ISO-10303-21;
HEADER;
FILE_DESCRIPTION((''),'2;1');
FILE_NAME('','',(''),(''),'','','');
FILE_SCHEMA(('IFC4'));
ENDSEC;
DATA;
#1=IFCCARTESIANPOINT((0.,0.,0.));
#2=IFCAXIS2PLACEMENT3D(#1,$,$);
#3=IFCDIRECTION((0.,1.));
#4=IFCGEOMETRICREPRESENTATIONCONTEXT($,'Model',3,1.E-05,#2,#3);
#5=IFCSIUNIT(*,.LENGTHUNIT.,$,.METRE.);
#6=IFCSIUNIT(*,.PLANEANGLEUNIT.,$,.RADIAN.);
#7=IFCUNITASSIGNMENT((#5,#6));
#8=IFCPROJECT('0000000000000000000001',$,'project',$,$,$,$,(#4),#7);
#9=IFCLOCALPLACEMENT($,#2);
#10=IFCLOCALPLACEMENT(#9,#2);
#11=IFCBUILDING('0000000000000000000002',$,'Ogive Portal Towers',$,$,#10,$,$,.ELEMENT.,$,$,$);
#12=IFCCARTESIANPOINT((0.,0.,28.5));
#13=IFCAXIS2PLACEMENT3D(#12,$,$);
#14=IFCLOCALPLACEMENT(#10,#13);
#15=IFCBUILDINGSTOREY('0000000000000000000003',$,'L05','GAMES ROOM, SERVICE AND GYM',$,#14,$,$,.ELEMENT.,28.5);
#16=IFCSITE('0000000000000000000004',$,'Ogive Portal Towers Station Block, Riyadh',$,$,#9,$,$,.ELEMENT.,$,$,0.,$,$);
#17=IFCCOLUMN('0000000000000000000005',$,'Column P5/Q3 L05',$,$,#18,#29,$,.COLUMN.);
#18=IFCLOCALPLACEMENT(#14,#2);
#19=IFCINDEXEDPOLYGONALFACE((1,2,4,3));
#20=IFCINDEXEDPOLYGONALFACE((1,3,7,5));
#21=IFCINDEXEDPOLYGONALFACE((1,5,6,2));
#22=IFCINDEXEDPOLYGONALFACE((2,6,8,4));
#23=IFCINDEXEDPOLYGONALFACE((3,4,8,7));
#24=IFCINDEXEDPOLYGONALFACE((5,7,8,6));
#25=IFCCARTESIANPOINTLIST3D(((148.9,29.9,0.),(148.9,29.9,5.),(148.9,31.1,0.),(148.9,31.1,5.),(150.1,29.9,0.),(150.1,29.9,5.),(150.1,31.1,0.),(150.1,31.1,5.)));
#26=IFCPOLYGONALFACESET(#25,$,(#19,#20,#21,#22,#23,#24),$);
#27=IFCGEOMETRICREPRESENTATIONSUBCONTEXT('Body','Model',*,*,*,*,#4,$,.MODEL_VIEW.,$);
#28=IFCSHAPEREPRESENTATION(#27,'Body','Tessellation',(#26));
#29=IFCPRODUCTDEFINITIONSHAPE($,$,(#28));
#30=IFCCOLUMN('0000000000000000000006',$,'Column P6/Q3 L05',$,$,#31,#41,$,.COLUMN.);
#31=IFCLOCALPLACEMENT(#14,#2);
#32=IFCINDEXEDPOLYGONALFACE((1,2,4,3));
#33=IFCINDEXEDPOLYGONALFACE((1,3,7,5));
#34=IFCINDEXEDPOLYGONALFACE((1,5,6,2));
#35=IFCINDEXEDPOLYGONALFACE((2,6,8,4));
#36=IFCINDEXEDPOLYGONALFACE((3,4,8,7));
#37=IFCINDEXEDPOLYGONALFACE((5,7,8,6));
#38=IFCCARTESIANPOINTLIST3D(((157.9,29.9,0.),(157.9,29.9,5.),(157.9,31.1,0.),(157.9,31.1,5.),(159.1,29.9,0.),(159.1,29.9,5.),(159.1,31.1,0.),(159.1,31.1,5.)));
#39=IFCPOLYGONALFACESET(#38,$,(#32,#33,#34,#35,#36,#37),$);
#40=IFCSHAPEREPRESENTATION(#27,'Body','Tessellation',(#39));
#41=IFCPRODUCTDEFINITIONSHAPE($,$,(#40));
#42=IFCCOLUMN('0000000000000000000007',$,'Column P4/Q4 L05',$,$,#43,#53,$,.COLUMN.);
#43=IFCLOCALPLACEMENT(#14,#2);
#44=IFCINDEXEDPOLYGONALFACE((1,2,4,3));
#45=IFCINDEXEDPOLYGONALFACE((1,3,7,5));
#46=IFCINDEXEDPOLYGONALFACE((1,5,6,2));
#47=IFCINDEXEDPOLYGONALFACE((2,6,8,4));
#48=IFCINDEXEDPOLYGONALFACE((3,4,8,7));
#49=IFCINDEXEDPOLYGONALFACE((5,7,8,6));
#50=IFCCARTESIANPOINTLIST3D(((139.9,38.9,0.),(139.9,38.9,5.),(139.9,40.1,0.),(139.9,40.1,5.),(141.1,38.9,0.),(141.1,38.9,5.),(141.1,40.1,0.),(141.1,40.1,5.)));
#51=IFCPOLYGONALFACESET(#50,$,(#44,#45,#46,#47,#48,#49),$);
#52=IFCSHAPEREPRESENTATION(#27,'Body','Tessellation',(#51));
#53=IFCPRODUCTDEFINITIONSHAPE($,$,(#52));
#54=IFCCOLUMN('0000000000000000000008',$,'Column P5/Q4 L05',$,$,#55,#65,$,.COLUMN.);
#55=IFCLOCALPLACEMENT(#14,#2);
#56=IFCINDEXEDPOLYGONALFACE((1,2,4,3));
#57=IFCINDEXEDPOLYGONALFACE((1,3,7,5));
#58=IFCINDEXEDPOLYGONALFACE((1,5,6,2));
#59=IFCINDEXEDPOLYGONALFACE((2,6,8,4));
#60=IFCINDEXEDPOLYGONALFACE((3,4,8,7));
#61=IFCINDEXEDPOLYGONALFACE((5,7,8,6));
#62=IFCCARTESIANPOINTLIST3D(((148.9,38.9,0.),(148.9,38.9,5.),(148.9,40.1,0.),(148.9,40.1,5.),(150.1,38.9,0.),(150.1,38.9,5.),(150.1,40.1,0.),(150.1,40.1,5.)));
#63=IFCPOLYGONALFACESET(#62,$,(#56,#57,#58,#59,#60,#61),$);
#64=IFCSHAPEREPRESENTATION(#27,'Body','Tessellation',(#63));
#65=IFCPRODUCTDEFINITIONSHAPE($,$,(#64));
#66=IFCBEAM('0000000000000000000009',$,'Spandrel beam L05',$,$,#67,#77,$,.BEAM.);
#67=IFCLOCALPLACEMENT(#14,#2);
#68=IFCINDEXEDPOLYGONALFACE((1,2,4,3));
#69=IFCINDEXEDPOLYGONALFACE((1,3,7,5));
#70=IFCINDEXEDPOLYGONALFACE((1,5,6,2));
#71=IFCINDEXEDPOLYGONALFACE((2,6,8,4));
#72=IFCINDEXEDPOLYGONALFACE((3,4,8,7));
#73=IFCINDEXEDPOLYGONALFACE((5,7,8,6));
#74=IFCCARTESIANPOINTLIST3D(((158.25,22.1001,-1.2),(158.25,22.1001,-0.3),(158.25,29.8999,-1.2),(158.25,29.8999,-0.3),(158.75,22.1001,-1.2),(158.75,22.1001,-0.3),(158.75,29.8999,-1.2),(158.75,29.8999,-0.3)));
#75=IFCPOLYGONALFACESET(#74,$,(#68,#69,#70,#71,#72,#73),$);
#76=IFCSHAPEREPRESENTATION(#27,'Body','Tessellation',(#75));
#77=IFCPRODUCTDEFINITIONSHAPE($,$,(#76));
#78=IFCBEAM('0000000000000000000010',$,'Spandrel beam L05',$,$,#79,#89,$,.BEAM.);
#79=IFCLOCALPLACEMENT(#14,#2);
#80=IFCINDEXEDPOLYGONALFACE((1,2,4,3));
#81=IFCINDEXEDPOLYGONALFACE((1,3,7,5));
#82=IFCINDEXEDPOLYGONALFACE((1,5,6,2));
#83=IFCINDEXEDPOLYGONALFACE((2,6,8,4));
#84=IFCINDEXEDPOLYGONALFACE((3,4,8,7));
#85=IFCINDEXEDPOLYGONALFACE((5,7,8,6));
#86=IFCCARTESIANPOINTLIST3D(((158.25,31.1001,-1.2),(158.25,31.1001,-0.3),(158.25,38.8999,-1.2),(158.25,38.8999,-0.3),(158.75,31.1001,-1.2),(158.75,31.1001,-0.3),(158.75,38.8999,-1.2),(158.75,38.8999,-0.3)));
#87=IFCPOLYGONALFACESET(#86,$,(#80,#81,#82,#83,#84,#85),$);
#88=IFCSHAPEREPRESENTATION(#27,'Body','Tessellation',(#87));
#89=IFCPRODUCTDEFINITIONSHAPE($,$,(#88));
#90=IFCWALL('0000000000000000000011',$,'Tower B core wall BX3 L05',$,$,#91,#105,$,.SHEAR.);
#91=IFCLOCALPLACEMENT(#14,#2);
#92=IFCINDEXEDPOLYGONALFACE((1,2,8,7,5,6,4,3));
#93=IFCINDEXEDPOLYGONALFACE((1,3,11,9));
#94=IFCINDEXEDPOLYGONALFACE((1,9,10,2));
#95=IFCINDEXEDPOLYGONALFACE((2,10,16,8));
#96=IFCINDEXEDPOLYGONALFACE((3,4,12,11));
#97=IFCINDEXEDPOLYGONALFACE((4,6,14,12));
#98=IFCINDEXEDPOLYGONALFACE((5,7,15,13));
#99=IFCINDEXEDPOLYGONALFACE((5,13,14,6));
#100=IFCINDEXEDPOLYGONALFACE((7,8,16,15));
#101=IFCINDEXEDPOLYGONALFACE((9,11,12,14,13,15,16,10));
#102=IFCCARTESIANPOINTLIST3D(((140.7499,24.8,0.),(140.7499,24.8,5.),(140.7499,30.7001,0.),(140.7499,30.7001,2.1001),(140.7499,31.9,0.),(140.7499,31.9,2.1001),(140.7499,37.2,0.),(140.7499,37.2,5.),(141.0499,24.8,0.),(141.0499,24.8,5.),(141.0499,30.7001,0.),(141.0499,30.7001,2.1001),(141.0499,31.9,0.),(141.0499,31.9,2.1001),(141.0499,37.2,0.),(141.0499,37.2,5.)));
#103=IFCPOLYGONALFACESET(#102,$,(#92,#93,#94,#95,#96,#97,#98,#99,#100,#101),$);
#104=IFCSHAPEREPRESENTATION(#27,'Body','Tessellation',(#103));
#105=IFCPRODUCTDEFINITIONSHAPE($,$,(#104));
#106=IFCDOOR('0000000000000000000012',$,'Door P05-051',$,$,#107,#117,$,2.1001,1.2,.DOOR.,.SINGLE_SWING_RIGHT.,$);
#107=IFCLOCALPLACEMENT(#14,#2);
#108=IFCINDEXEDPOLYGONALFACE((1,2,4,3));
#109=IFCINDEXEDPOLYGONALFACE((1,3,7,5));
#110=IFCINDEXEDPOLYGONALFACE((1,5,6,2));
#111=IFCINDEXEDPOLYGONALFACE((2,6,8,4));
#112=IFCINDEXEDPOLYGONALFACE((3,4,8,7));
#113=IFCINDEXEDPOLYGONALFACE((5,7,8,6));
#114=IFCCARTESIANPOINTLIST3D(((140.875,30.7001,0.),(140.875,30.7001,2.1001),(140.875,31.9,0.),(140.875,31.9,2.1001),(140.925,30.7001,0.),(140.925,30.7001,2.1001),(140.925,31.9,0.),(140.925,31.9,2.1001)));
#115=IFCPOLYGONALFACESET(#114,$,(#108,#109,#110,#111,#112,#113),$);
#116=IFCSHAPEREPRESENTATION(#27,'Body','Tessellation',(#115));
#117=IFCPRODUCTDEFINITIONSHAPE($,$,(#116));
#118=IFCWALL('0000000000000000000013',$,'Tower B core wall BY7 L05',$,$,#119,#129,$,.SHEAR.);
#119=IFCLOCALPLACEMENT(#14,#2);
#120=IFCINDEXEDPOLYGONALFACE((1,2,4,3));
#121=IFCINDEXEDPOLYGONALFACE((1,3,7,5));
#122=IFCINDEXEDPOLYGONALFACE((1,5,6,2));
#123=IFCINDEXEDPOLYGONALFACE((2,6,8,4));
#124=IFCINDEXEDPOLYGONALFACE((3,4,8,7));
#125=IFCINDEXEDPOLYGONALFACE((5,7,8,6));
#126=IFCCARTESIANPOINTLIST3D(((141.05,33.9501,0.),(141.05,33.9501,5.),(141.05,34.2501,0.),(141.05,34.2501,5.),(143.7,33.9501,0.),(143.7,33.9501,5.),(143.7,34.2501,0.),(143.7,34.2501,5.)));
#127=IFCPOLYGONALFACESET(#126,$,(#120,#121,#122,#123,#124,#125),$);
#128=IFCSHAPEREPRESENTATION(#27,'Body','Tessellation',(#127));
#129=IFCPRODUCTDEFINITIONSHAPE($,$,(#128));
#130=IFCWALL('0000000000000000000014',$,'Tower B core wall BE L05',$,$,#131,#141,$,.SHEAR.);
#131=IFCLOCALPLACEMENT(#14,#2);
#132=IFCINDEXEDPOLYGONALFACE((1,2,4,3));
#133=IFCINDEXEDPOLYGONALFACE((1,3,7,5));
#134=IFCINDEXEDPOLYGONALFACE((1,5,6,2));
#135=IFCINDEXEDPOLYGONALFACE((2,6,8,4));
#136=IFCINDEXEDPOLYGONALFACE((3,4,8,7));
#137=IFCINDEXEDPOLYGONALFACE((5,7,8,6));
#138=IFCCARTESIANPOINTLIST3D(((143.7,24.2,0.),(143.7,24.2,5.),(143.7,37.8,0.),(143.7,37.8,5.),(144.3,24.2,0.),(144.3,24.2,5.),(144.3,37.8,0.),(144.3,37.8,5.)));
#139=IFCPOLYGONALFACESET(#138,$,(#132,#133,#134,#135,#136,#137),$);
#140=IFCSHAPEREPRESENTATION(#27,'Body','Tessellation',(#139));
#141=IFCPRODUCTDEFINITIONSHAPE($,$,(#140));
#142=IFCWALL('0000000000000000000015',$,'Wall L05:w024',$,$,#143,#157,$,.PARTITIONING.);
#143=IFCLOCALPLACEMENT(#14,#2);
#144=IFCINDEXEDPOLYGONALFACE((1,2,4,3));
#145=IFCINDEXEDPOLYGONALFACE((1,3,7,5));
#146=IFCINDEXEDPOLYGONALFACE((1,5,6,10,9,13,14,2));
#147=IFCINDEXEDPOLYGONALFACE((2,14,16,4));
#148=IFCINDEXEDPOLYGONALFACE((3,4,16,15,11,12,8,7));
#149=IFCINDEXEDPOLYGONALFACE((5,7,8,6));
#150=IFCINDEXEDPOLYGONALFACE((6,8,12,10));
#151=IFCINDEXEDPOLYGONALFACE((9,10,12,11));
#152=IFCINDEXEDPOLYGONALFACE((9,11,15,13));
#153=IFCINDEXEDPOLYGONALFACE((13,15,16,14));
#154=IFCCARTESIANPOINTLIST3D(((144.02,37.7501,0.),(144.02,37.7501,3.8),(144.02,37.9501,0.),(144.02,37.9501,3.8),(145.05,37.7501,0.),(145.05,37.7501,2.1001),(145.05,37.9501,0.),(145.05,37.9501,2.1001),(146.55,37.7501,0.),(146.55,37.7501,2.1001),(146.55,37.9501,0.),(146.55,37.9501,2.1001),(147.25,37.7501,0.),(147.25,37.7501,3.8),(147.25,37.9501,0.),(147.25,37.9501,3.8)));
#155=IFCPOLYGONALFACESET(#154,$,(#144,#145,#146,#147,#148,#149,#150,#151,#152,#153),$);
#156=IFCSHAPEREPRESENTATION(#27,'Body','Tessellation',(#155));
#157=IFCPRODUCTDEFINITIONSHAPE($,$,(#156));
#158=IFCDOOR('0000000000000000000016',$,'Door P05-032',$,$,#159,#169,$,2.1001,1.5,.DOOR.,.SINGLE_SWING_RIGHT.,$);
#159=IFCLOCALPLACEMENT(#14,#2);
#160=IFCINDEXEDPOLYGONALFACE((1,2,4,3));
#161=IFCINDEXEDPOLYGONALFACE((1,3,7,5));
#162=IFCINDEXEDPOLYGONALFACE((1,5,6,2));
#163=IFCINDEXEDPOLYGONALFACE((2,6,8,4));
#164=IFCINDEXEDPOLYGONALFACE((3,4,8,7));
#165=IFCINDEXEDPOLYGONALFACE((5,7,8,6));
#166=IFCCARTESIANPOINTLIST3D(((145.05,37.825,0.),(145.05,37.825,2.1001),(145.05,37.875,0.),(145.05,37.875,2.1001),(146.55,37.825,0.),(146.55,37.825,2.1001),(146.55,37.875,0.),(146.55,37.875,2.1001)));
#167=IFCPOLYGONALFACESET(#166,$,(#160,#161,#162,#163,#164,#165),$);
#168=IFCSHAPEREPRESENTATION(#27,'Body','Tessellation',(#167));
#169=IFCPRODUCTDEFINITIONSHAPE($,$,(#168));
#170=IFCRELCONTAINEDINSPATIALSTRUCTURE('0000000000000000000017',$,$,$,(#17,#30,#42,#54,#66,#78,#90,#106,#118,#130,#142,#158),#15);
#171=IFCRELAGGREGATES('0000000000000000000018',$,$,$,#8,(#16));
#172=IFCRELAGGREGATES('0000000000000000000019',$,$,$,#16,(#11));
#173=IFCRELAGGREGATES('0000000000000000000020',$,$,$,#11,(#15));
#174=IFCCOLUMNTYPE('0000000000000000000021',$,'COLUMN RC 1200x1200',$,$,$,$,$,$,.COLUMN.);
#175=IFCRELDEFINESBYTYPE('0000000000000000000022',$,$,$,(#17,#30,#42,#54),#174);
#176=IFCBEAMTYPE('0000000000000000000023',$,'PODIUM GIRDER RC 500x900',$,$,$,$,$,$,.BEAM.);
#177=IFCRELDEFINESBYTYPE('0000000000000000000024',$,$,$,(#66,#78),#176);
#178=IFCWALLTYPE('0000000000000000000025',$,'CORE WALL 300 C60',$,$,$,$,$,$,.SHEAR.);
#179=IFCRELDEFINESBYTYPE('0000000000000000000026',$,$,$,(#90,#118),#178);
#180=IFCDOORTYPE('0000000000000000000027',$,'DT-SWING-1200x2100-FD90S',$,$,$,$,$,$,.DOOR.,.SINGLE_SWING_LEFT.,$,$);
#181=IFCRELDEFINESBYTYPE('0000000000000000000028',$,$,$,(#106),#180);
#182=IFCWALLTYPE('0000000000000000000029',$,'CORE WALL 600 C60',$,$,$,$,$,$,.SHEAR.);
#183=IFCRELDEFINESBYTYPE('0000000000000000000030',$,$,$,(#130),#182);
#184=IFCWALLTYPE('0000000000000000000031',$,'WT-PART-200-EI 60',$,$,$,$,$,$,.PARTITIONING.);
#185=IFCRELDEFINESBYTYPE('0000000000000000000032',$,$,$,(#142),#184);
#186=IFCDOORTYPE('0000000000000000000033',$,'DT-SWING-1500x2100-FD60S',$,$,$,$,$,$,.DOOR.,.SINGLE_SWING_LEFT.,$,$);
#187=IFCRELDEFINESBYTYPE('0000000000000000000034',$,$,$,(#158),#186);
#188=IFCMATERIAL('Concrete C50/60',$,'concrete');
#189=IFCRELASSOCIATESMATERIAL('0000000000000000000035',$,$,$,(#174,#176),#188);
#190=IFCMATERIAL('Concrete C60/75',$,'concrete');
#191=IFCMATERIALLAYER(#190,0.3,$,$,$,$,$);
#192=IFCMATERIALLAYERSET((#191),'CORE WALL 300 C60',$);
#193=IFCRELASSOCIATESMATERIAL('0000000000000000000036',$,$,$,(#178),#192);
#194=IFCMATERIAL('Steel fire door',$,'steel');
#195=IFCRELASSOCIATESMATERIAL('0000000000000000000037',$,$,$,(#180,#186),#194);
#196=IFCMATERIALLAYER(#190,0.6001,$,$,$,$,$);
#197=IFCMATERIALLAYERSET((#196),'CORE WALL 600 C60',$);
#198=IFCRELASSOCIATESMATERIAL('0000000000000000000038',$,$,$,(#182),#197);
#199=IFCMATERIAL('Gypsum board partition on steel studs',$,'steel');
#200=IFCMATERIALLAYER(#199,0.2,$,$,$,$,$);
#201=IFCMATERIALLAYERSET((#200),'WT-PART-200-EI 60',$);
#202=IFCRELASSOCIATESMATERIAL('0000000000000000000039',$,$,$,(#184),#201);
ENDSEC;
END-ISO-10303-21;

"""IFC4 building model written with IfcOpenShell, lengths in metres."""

from ifc_helpers import new_model, si_unit, direction, frame, frame_2d, origin, origin_2d, place, context, subcontext, project, spatial, rectangle, extrude, material, layer, layer_set, material_profile, profile_set, type_object, element, fill, save


model = new_model("IFC4")

# Units and contexts
model_context = context("Model", 3, precision=1e-05, world=origin(), true_north=direction((0.0, 1.0)))
body_context = subcontext(model_context, "Body", "Model", "MODEL_VIEW")
ifc_project = project(units=[si_unit("LENGTHUNIT", "METRE"), si_unit("PLANEANGLEUNIT", "RADIAN")], contexts=[model_context])

# Site, building, storey
site_placement = place(None, origin())
site = spatial("IfcSite", under=ifc_project, at=site_placement, Name="Ogive Portal Towers Station Block, Riyadh", CompositionType="ELEMENT", RefElevation=0.0)
building_placement = place(site_placement, origin())
building = spatial("IfcBuilding", under=site, at=building_placement, Name="Ogive Portal Towers", CompositionType="ELEMENT")
storey_placement = place(building_placement, frame((0.0, 0.0, 28.5)))
storey = spatial("IfcBuildingStorey", under=building, at=storey_placement, Name="L05", Description="GAMES ROOM, SERVICE AND GYM", CompositionType="ELEMENT", Elevation=28.5)

# Columns
ifc_material_1 = material(Name="Concrete C50/60", Category="concrete")
ifc_material_profile_1 = material_profile(ifc_material_1, rectangle(XDim=1.2, YDim=1.2, at=origin_2d()), Name="RC 1200x1200")
ifc_profile_set_1 = profile_set([ifc_material_profile_1], Name="Concrete C50/60")
column_type = type_object("IfcColumnType", Name="COLUMN RC 1200x1200", PredefinedType="COLUMN", material=ifc_profile_set_1)
for number, where, z_axis, x_axis, name in (
    (1, (149.5, 30.5, 0.0), (0.0, 0.0, 1.0), (1.0, 0.0, 0.0), "Column P5/Q3 L05"),
    (2, (158.5, 30.5, 0.0), (0.0, 0.0, 1.0), (1.0, 0.0, 0.0), "Column P6/Q3 L05"),
    (3, (140.5, 39.5, 0.0), (0.0, 0.0, 1.0), (1.0, 0.0, 0.0), "Column P4/Q4 L05"),
    (4, (149.5, 39.5, 0.0), (0.0, 0.0, 1.0), (1.0, 0.0, 0.0), "Column P5/Q4 L05"),
):
    element("IfcColumn", number, at=place(storey_placement, frame(where, z_axis=z_axis, x_axis=x_axis)), inside=storey, type_object=column_type, Name=name, PredefinedType="COLUMN", context=body_context, shape_type="SweptSolid", body=[
        extrude(rectangle(XDim=1.2, YDim=1.2, at=origin_2d()), origin(), (0.0, 0.0, 1.0), 5.0),
    ])

# Beams
ifc_material_profile_2 = material_profile(ifc_material_1, rectangle(XDim=0.5, YDim=0.8999, at=origin_2d()), Name="RC 500x900")
ifc_profile_set_2 = profile_set([ifc_material_profile_2], Name="Concrete C50/60")
beam_type = type_object("IfcBeamType", Name="PODIUM GIRDER RC 500x900", PredefinedType="BEAM", material=ifc_profile_set_2)
for number, where, z_axis, x_axis, name in (
    (5, (158.5, 22.1001, -0.75), (0.0, 1.0, 0.0), (-1.0, 0.0, 0.0), "Spandrel beam L05"),
    (6, (158.5, 31.1001, -0.75), (0.0, 1.0, 0.0), (-1.0, 0.0, 0.0), "Spandrel beam L05"),
):
    element("IfcBeam", number, at=place(storey_placement, frame(where, z_axis=z_axis, x_axis=x_axis)), inside=storey, type_object=beam_type, Name=name, PredefinedType="BEAM", context=body_context, shape_type="SweptSolid", body=[
        extrude(rectangle(XDim=0.5, YDim=0.8999, at=origin_2d()), origin(), (0.0, 0.0, 1.0), 7.7998),
    ])

# Wall, opening, door
ifc_material_2 = material(Name="Concrete C60/75", Category="concrete")
ifc_layer_1 = layer(ifc_material_2, 0.3)
ifc_layer_set_1 = layer_set([ifc_layer_1], Name="CORE WALL 300 C60")
wall_type_1 = type_object("IfcWallType", Name="CORE WALL 300 C60", PredefinedType="SHEAR", material=ifc_layer_set_1)
wall_1_placement = place(storey_placement, frame((140.8999, 24.8, 0.0), z_axis=(0.0, 0.0, 1.0), x_axis=(0.0, 1.0, 0.0)))
wall_1 = element("IfcWall", 7, at=wall_1_placement, inside=storey, type_object=wall_type_1, Name="Tower B core wall BX3 L05", PredefinedType="SHEAR", context=body_context, shape_type="SweptSolid", body=[
    extrude(rectangle(XDim=12.3999, YDim=0.3, at=frame_2d((6.2, 0.0))), origin(), (0.0, 0.0, 1.0), 5.0),
])
opening_1_placement = place(wall_1_placement, frame((5.8999, 0.0, 0.0)))
opening_1 = element("IfcOpeningElement", 8, at=opening_1_placement, cuts=wall_1, PredefinedType="OPENING", context=body_context, shape_type="SweptSolid", body=[
    extrude(rectangle(XDim=1.2, YDim=2.1001, at=frame_2d((0.6001, 1.05))), frame((0.0, 0.1602, 0.0), z_axis=(0.0, -1.0, 0.0), x_axis=(1.0, 0.0, 0.0)), (0.0, 0.0, 1.0), 0.3201),
])
ifc_material_3 = material(Name="Steel fire door", Category="steel")
door_type_1 = type_object("IfcDoorType", Name="DT-SWING-1200x2100-FD90S", OperationType="SINGLE_SWING_LEFT", PredefinedType="DOOR", material=ifc_material_3)
door_1_placement = place(opening_1_placement, origin())
door_1 = element("IfcDoor", 9, at=door_1_placement, inside=storey, type_object=door_type_1, Name="Door P05-051", OperationType="SINGLE_SWING_RIGHT", OverallHeight=2.1001, OverallWidth=1.2, PredefinedType="DOOR", context=body_context, shape_type="SweptSolid", body=[
    extrude(rectangle(XDim=1.2, YDim=2.1001, at=frame_2d((0.6001, 1.05))), frame((0.0, 0.0249, 0.0), z_axis=(0.0, -1.0, 0.0), x_axis=(1.0, 0.0, 0.0)), (0.0, 0.0, 1.0), 0.05),
])
fill(opening_1, door_1)

# Walls
wall_2_placement = place(storey_placement, frame((141.05, 34.1001, 0.0), z_axis=(0.0, 0.0, 1.0), x_axis=(1.0, 0.0, 0.0)))
element("IfcWall", 10, at=wall_2_placement, inside=storey, type_object=wall_type_1, Name="Tower B core wall BY7 L05", PredefinedType="SHEAR", context=body_context, shape_type="SweptSolid", body=[
    extrude(rectangle(XDim=2.6499, YDim=0.3, at=frame_2d((1.325, 0.0))), origin(), (0.0, 0.0, 1.0), 5.0),
])
ifc_layer_2 = layer(ifc_material_2, 0.6001)
ifc_layer_set_2 = layer_set([ifc_layer_2], Name="CORE WALL 600 C60")
wall_type_2 = type_object("IfcWallType", Name="CORE WALL 600 C60", PredefinedType="SHEAR", material=ifc_layer_set_2)
wall_3_placement = place(storey_placement, frame((144.0, 24.2, 0.0), z_axis=(0.0, 0.0, 1.0), x_axis=(0.0, 1.0, 0.0)))
element("IfcWall", 11, at=wall_3_placement, inside=storey, type_object=wall_type_2, Name="Tower B core wall BE L05", PredefinedType="SHEAR", context=body_context, shape_type="SweptSolid", body=[
    extrude(rectangle(XDim=13.6001, YDim=0.6001, at=frame_2d((6.8, 0.0))), origin(), (0.0, 0.0, 1.0), 5.0),
])

# Wall, opening, door
ifc_material_4 = material(Name="Gypsum board partition on steel studs", Category="steel")
ifc_layer_3 = layer(ifc_material_4, 0.2)
ifc_layer_set_3 = layer_set([ifc_layer_3], Name="WT-PART-200-EI 60")
wall_type_3 = type_object("IfcWallType", Name="WT-PART-200-EI 60", PredefinedType="PARTITIONING", material=ifc_layer_set_3)
wall_4_placement = place(storey_placement, frame((144.02, 37.8501, 0.0), z_axis=(0.0, 0.0, 1.0), x_axis=(1.0, 0.0, 0.0)))
wall_4 = element("IfcWall", 12, at=wall_4_placement, inside=storey, type_object=wall_type_3, Name="Wall L05:w024", PredefinedType="PARTITIONING", context=body_context, shape_type="SweptSolid", body=[
    extrude(rectangle(XDim=3.23, YDim=0.2, at=frame_2d((1.615, 0.0))), origin(), (0.0, 0.0, 1.0), 3.8),
])
opening_2_placement = place(wall_4_placement, frame((1.03, 0.0, 0.0)))
opening_2 = element("IfcOpeningElement", 13, at=opening_2_placement, cuts=wall_4, PredefinedType="OPENING", context=body_context, shape_type="SweptSolid", body=[
    extrude(rectangle(XDim=1.5, YDim=2.1001, at=frame_2d((0.75, 1.05))), frame((0.0, 0.1099, 0.0), z_axis=(0.0, -1.0, 0.0), x_axis=(1.0, 0.0, 0.0)), (0.0, 0.0, 1.0), 0.22),
])
door_type_2 = type_object("IfcDoorType", Name="DT-SWING-1500x2100-FD60S", OperationType="SINGLE_SWING_LEFT", PredefinedType="DOOR", material=ifc_material_3)
door_2_placement = place(opening_2_placement, origin())
door_2 = element("IfcDoor", 14, at=door_2_placement, inside=storey, type_object=door_type_2, Name="Door P05-032", OperationType="SINGLE_SWING_RIGHT", OverallHeight=2.1001, OverallWidth=1.5, PredefinedType="DOOR", context=body_context, shape_type="SweptSolid", body=[
    extrude(rectangle(XDim=1.5, YDim=2.1001, at=frame_2d((0.75, 1.05))), frame((0.0, 0.0249, 0.0), z_axis=(0.0, -1.0, 0.0), x_axis=(1.0, 0.0, 0.0)), (0.0, 0.0, 1.0), 0.05),
])
fill(opening_2, door_2)

save(model, "model.ifc")
